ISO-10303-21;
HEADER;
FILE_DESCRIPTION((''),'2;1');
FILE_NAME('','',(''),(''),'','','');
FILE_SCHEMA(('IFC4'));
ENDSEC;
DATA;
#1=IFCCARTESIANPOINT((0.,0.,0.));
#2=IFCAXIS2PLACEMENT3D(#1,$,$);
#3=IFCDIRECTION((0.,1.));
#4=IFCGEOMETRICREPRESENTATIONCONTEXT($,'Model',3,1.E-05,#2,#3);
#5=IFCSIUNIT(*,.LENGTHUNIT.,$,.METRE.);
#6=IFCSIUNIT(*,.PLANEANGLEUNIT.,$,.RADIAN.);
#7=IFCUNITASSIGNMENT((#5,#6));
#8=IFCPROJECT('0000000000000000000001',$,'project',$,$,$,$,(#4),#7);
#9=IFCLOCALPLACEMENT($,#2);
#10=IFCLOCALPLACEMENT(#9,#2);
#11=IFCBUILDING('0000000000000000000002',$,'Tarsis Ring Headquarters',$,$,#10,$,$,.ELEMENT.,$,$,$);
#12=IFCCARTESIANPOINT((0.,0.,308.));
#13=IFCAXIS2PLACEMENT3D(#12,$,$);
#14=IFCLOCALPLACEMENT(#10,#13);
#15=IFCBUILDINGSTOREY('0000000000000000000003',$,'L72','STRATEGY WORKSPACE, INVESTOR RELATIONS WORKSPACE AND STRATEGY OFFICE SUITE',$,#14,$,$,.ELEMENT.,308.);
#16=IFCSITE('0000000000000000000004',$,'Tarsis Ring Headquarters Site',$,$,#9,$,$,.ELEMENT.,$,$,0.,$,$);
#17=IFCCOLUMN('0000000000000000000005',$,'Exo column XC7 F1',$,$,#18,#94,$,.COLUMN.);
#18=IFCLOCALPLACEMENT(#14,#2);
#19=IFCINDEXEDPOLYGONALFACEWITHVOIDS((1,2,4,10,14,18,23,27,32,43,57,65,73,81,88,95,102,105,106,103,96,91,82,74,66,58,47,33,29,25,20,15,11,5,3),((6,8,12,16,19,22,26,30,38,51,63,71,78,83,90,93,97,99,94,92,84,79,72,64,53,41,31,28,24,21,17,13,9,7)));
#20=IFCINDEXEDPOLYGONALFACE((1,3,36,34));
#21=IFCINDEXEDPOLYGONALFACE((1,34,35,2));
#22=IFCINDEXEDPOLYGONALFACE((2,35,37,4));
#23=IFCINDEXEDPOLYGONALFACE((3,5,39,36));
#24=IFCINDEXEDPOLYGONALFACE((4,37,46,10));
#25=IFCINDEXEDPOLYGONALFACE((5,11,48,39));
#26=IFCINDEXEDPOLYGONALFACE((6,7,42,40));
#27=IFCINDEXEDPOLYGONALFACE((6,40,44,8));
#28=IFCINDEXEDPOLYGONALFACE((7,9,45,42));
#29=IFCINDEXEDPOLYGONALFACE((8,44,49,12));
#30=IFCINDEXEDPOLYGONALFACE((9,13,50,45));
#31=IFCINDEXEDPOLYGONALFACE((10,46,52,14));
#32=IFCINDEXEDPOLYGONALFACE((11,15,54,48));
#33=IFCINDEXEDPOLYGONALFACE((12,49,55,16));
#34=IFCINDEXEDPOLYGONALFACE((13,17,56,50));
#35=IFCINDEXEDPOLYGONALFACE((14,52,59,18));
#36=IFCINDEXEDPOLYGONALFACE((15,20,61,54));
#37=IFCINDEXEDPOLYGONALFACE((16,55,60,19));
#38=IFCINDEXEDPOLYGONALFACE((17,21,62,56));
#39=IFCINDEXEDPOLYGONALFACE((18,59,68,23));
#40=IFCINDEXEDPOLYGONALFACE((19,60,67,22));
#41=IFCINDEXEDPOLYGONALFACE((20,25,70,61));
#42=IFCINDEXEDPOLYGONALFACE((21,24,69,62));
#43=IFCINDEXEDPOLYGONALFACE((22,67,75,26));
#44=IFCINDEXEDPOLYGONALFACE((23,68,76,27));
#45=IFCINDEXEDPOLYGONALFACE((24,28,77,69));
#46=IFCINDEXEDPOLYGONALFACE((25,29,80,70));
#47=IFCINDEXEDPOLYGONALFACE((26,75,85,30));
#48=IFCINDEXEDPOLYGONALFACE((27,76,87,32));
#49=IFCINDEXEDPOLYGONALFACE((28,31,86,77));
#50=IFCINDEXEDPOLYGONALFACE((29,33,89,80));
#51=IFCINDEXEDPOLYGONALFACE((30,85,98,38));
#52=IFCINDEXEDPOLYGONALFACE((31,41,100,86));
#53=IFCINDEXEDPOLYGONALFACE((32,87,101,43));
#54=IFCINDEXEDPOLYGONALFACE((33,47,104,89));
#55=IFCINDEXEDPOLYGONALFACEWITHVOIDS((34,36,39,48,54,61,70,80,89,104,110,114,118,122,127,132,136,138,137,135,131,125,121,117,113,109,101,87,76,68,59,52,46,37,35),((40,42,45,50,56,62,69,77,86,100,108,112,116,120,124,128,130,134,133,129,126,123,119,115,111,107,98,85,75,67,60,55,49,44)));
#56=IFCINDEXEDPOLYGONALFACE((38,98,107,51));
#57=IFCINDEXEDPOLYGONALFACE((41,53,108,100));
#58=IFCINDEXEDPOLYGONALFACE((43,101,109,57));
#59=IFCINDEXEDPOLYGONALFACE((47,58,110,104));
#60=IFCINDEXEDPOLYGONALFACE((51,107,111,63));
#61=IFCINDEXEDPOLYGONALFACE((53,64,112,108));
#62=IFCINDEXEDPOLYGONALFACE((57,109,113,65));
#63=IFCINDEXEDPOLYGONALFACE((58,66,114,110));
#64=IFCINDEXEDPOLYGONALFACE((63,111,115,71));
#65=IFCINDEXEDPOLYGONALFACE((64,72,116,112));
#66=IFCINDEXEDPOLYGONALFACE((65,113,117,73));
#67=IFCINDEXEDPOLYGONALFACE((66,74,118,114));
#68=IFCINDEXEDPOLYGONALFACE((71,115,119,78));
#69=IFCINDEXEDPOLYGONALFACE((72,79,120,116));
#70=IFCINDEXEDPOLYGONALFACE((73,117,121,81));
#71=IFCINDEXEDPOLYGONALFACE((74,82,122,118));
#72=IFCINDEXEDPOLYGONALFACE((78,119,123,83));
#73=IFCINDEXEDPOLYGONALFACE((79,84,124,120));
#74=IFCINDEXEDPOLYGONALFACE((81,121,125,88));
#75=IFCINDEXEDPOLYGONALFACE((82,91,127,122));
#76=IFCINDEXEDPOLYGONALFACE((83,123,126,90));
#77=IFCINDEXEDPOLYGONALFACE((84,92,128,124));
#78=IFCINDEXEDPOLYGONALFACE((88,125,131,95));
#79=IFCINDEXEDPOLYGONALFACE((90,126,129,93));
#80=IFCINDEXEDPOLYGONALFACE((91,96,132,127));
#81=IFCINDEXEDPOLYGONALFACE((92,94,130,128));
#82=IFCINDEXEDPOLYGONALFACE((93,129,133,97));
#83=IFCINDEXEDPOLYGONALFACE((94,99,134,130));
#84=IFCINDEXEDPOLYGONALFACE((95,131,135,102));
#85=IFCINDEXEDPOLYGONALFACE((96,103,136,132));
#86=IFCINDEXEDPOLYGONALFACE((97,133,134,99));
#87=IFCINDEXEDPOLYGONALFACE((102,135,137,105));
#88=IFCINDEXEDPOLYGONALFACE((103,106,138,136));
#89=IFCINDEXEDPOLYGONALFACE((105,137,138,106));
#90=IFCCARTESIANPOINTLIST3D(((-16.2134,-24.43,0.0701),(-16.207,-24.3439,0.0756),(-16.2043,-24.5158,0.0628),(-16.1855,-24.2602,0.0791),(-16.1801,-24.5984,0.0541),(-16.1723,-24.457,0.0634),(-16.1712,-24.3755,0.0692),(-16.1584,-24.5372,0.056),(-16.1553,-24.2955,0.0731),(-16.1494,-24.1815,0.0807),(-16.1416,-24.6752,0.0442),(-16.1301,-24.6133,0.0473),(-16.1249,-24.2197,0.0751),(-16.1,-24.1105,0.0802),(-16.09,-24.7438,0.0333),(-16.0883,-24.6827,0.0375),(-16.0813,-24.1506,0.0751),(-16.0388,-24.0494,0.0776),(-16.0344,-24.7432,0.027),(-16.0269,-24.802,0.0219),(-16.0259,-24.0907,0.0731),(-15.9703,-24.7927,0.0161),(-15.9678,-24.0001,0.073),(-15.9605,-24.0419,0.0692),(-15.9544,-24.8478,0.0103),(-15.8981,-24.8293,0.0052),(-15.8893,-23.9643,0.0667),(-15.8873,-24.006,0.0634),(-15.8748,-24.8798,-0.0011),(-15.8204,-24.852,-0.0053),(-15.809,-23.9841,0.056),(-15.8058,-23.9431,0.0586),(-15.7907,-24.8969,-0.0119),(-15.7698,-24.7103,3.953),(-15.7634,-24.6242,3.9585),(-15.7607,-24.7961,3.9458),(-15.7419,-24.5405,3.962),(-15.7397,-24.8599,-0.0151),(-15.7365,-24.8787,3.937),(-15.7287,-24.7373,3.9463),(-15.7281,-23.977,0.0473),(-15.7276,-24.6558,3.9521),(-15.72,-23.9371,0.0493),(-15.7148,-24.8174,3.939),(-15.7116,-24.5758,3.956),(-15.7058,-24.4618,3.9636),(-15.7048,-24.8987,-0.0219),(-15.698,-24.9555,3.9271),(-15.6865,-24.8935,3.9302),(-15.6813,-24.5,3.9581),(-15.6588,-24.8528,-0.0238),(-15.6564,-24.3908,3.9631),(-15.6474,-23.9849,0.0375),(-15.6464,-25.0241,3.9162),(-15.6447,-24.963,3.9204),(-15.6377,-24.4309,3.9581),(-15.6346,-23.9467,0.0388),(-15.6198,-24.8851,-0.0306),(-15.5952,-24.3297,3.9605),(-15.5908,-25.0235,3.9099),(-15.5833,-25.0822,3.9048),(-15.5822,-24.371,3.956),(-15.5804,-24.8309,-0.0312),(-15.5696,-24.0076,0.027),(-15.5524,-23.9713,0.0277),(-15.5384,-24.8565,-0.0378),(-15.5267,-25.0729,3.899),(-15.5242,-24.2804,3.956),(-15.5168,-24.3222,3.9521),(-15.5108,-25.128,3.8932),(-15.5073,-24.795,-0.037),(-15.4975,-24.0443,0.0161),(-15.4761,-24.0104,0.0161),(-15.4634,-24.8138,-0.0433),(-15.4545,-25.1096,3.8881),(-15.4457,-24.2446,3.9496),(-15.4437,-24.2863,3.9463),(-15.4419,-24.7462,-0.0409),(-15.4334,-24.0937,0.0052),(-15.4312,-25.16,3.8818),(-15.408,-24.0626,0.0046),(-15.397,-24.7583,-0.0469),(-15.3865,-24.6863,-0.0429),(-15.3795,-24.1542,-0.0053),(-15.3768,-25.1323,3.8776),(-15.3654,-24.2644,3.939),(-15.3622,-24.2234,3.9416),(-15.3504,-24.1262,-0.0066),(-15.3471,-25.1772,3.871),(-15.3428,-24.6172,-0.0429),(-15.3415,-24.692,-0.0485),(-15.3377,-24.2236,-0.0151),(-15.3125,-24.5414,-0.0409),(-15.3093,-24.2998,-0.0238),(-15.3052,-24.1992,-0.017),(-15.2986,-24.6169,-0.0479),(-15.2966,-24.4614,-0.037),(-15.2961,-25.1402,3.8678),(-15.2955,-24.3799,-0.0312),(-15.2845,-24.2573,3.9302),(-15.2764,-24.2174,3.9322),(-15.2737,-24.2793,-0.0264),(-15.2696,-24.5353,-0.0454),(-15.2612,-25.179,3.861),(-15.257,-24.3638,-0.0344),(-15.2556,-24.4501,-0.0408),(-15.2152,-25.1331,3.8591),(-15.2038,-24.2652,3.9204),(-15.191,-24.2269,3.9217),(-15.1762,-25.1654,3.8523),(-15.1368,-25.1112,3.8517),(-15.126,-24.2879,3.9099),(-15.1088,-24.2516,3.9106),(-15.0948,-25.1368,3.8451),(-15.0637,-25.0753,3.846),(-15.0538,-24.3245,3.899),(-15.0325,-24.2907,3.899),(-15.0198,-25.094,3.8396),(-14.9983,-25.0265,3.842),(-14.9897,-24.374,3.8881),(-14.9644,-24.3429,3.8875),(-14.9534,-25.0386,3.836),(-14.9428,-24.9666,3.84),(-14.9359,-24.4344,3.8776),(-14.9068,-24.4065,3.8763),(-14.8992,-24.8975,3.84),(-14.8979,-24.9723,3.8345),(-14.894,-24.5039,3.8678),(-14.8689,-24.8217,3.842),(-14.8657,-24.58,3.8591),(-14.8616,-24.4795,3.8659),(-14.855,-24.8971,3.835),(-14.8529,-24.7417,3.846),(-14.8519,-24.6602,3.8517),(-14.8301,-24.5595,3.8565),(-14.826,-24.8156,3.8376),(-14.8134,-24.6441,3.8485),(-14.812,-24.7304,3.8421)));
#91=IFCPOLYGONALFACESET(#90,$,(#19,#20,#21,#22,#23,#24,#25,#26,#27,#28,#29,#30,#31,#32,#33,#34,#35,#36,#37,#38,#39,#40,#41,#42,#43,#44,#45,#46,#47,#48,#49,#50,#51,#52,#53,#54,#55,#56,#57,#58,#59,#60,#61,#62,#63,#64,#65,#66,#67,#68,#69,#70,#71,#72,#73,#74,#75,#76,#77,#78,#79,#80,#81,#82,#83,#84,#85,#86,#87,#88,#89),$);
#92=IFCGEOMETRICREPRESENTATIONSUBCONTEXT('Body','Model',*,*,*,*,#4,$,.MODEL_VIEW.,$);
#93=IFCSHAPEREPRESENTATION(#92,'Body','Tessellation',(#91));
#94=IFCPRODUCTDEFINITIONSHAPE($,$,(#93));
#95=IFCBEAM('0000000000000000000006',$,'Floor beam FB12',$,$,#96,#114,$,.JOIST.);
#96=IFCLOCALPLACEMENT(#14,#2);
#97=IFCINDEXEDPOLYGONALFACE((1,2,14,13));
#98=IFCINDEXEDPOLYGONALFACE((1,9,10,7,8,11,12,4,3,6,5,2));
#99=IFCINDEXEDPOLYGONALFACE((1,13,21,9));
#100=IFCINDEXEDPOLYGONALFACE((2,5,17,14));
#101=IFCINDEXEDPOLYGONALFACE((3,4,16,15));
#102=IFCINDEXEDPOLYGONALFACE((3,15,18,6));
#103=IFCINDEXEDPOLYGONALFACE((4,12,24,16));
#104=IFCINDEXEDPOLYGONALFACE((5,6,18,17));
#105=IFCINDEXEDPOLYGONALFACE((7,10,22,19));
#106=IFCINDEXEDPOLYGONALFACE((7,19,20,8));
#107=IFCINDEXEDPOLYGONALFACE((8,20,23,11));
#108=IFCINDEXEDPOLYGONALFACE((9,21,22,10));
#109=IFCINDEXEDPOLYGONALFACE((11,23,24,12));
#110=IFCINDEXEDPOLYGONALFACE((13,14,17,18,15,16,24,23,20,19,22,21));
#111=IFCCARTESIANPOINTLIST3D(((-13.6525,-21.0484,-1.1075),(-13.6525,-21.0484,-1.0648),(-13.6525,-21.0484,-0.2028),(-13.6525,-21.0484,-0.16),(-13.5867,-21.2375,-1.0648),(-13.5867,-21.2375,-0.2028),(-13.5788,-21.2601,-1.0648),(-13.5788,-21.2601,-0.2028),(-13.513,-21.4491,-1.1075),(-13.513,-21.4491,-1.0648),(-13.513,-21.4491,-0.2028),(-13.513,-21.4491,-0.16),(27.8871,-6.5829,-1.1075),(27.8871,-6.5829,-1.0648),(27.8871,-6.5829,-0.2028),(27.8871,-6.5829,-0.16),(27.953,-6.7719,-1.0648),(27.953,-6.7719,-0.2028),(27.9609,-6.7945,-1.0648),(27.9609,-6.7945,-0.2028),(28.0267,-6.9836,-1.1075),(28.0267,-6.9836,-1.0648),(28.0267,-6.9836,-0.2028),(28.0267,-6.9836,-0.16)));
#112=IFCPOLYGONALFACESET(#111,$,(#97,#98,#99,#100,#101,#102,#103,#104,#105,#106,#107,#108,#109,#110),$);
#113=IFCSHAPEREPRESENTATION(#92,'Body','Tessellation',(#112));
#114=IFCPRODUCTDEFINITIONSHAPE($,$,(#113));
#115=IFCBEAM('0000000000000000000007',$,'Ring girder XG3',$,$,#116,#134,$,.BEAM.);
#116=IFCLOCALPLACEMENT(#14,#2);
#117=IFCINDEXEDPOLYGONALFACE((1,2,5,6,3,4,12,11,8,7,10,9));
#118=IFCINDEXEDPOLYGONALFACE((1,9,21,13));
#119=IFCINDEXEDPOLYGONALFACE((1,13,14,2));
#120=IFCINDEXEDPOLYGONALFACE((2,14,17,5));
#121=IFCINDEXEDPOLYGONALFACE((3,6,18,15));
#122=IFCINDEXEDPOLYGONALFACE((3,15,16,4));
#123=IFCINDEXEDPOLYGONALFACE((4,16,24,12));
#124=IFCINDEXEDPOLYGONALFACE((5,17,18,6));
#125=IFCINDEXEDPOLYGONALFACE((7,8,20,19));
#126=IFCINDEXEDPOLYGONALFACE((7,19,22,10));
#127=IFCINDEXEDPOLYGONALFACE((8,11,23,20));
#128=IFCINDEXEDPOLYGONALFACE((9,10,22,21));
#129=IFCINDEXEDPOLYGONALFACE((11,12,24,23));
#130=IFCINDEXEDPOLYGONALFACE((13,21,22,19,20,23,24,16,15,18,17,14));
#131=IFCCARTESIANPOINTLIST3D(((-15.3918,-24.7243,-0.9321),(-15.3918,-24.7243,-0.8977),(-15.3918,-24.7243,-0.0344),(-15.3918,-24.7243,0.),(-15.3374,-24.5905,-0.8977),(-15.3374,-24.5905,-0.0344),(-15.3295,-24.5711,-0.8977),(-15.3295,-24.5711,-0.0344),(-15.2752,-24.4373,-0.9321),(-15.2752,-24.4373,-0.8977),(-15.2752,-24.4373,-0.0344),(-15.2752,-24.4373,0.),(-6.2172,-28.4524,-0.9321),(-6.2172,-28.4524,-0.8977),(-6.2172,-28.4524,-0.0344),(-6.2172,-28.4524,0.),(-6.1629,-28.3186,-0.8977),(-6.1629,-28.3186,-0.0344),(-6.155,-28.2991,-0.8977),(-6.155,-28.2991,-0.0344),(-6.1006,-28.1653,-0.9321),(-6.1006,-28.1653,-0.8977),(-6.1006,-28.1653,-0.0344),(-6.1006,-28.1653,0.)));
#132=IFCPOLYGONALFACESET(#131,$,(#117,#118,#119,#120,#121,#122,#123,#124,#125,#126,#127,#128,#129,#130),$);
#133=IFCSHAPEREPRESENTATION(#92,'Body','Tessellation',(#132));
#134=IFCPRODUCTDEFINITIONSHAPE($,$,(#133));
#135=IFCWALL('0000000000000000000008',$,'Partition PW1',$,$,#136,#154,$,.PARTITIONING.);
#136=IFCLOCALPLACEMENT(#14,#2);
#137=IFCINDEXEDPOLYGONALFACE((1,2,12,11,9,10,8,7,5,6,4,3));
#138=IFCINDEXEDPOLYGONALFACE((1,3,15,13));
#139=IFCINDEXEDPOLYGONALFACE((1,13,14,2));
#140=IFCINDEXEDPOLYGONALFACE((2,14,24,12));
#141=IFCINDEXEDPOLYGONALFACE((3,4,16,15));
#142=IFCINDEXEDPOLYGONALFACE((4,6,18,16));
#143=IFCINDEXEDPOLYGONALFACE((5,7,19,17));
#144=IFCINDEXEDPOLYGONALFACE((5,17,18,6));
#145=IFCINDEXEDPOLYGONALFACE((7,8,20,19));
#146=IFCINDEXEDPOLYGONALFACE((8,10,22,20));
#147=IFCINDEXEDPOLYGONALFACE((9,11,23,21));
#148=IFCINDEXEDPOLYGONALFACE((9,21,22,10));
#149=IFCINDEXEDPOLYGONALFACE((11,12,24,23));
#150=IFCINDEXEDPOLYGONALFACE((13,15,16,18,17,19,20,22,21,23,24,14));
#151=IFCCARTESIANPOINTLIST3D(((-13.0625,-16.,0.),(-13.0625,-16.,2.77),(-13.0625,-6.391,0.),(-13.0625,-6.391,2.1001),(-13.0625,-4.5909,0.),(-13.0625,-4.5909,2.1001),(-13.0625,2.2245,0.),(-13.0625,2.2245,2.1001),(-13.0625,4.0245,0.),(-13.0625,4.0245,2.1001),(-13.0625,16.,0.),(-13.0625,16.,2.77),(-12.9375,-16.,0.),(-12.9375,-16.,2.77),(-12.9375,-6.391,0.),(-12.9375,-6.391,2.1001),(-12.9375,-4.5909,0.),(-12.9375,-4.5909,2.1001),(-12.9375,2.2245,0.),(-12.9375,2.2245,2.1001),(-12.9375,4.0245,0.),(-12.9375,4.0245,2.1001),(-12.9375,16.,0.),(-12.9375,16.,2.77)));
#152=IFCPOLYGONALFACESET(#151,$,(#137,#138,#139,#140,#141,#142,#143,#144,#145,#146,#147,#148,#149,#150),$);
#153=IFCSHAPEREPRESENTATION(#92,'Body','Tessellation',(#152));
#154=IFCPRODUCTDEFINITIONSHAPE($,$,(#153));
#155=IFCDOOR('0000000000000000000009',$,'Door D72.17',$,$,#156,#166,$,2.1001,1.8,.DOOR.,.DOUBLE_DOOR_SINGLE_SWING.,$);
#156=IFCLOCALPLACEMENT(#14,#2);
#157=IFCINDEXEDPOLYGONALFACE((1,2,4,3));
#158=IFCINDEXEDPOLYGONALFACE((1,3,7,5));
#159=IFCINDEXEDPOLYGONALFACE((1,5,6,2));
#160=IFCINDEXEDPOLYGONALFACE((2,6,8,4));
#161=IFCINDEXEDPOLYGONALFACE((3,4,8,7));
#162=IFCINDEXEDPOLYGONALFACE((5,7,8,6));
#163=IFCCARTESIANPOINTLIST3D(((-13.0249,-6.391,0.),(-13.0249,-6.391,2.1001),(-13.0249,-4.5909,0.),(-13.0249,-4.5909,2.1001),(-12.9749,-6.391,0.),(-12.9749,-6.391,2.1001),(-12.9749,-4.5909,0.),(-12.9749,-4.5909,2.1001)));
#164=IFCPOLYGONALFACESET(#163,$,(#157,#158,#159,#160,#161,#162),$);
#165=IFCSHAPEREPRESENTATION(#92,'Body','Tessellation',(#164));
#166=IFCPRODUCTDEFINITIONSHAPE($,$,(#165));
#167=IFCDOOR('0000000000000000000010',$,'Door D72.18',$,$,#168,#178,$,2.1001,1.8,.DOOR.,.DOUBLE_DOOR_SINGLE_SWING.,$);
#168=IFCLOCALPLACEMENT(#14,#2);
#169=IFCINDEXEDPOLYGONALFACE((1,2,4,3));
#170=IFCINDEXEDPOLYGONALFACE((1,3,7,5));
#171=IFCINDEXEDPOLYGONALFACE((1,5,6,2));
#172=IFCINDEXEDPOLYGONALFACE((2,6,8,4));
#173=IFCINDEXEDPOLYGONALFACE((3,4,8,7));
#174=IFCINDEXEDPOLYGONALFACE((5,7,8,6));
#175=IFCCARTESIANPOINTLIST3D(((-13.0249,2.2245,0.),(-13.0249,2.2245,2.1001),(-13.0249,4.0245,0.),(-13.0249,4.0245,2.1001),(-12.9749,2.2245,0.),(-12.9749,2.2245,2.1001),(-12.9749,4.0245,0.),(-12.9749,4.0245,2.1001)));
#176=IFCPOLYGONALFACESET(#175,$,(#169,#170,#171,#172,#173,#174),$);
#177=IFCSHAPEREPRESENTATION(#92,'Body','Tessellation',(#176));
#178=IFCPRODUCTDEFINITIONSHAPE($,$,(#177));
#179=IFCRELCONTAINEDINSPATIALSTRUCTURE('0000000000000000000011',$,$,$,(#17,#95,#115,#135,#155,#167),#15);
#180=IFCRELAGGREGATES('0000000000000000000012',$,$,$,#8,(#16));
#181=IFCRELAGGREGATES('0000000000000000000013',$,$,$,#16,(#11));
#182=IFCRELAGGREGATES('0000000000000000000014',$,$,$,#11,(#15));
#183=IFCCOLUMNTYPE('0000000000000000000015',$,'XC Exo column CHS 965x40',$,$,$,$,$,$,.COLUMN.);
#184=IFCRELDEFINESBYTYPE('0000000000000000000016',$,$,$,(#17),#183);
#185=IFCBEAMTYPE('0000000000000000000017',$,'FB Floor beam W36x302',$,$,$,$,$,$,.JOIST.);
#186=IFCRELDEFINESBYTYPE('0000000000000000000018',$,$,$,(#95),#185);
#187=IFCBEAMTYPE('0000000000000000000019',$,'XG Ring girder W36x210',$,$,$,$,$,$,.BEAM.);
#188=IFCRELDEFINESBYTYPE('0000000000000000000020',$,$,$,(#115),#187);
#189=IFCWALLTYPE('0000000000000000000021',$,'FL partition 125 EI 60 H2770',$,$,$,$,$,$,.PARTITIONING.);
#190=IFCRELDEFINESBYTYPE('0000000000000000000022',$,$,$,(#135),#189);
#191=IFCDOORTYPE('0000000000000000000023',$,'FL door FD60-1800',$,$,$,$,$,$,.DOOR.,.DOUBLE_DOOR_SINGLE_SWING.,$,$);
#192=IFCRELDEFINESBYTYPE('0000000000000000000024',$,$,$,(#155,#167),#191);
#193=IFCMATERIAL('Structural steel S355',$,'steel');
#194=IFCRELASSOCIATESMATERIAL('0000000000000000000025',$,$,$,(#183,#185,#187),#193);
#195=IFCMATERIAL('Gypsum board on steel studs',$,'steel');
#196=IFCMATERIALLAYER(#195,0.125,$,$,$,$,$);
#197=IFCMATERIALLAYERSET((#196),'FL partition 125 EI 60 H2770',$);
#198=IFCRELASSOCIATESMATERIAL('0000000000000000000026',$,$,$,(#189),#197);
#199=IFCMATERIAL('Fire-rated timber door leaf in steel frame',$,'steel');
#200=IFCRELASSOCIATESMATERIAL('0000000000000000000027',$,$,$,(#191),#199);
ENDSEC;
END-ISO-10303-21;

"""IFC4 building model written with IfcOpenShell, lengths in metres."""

from ifc_helpers import new_model, si_unit, direction, frame, frame_2d, origin, origin_2d, place, context, subcontext, project, spatial, rectangle, hollow_circle, i_section, extrude, material, layer, layer_set, material_profile, profile_set, type_object, element, fill, save


model = new_model("IFC4")

# Units and contexts
model_context = context("Model", 3, precision=1e-05, world=origin(), true_north=direction((0.0, 1.0)))
body_context = subcontext(model_context, "Body", "Model", "MODEL_VIEW")
ifc_project = project(units=[si_unit("LENGTHUNIT", "METRE"), si_unit("PLANEANGLEUNIT", "RADIAN")], contexts=[model_context])

# Site, building, storey
site_placement = place(None, origin())
site = spatial("IfcSite", under=ifc_project, at=site_placement, Name="Tarsis Ring Headquarters Site", CompositionType="ELEMENT", RefElevation=0.0)
building_placement = place(site_placement, origin())
building = spatial("IfcBuilding", under=site, at=building_placement, Name="Tarsis Ring Headquarters", CompositionType="ELEMENT")
storey_placement = place(building_placement, frame((0.0, 0.0, 308.0)))
storey = spatial("IfcBuildingStorey", under=building, at=storey_placement, Name="L72", Description="STRATEGY WORKSPACE, INVESTOR RELATIONS WORKSPACE AND STRATEGY OFFICE SUITE", CompositionType="ELEMENT", Elevation=308.0)

# Column
ifc_material_1 = material(Name="Structural steel S355", Category="steel")
ifc_material_profile_1 = material_profile(ifc_material_1, hollow_circle(Radius=0.4827, WallThickness=0.04, at=origin_2d()), Name="CHS 965x40")
ifc_profile_set_1 = profile_set([ifc_material_profile_1], Name="Structural steel S355")
column_type = type_object("IfcColumnType", Name="XC Exo column CHS 965x40", PredefinedType="COLUMN", material=ifc_profile_set_1)
column_placement = place(storey_placement, frame((-15.7339, -24.4185, 0.0161), z_axis=(0.113219, -0.071533, 0.990992), x_axis=(0.534133, 0.8454, 0.0)))
element("IfcColumn", 1, at=column_placement, inside=storey, type_object=column_type, Name="Exo column XC7 F1", PredefinedType="COLUMN", context=body_context, shape_type="SweptSolid", body=[
    extrude(hollow_circle(Radius=0.4827, WallThickness=0.04, at=origin_2d()), origin(), (0.0, 0.0, 1.0), 3.9182),
])

# Beams
ifc_material_profile_2 = material_profile(ifc_material_1, i_section(OverallWidth=0.4243, OverallDepth=0.9475, WebThickness=0.0239, FlangeThickness=0.0427, at=origin_2d()), Name="W36x302")
ifc_profile_set_2 = profile_set([ifc_material_profile_2], Name="Structural steel S355")
beam_type_1 = type_object("IfcBeamType", Name="FB Floor beam W36x302", PredefinedType="JOIST", material=ifc_profile_set_2)
beam_1_placement = place(storey_placement, frame((-13.5828, -21.2488, -0.6338), z_axis=(0.944377, 0.328864, 0.0), x_axis=(-0.328864, 0.944377, 0.0)))
element("IfcBeam", 2, at=beam_1_placement, inside=storey, type_object=beam_type_1, Name="Floor beam FB12", PredefinedType="JOIST", context=body_context, shape_type="SweptSolid", body=[
    extrude(i_section(OverallWidth=0.4243, OverallDepth=0.9475, WebThickness=0.0239, FlangeThickness=0.0427, at=origin_2d()), origin(), (0.0, 0.0, 1.0), 43.9863),
])
ifc_material_profile_3 = material_profile(ifc_material_1, i_section(OverallWidth=0.3098, OverallDepth=0.9321, WebThickness=0.021, FlangeThickness=0.0344, at=origin_2d()), Name="W36x210")
ifc_profile_set_3 = profile_set([ifc_material_profile_3], Name="Structural steel S355")
beam_type_2 = type_object("IfcBeamType", Name="XG Ring girder W36x210", PredefinedType="BEAM", material=ifc_profile_set_3)
beam_2_placement = place(storey_placement, frame((-15.3335, -24.5808, -0.4661), z_axis=(0.926436, -0.376452, 0.0), x_axis=(0.376452, 0.926436, 0.0)))
element("IfcBeam", 3, at=beam_2_placement, inside=storey, type_object=beam_type_2, Name="Ring girder XG3", PredefinedType="BEAM", context=body_context, shape_type="SweptSolid", body=[
    extrude(i_section(OverallWidth=0.3098, OverallDepth=0.9321, WebThickness=0.021, FlangeThickness=0.0344, at=origin_2d()), origin(), (0.0, 0.0, 1.0), 9.9031),
])

# Wall, openings, doors
ifc_material_2 = material(Name="Gypsum board on steel studs", Category="steel")
ifc_layer_1 = layer(ifc_material_2, 0.125)
ifc_layer_set_1 = layer_set([ifc_layer_1], Name="FL partition 125 EI 60 H2770")
wall_type_1 = type_object("IfcWallType", Name="FL partition 125 EI 60 H2770", PredefinedType="PARTITIONING", material=ifc_layer_set_1)
wall_1_placement = place(storey_placement, frame((-13.0, -16.0, 0.0), z_axis=(0.0, 0.0, 1.0), x_axis=(0.0, 1.0, 0.0)))
wall_1 = element("IfcWall", 4, at=wall_1_placement, inside=storey, type_object=wall_type_1, Name="Partition PW1", PredefinedType="PARTITIONING", context=body_context, shape_type="SweptSolid", body=[
    extrude(rectangle(XDim=32.0, YDim=0.125, at=frame_2d((16.0, 0.0))), origin(), (0.0, 0.0, 1.0), 2.77),
])
opening_1_placement = place(wall_1_placement, frame((9.6091, 0.0, 0.0)))
opening_1 = element("IfcOpeningElement", 5, at=opening_1_placement, cuts=wall_1, PredefinedType="OPENING", context=body_context, shape_type="SweptSolid", body=[
    extrude(rectangle(XDim=1.8, YDim=2.1001, at=frame_2d((0.8999, 1.05))), frame((0.0, 0.0725, 0.0), z_axis=(0.0, -1.0, 0.0), x_axis=(1.0, 0.0, 0.0)), (0.0, 0.0, 1.0), 0.145),
])
opening_2_placement = place(wall_1_placement, frame((18.2246, 0.0, 0.0)))
opening_2 = element("IfcOpeningElement", 6, at=opening_2_placement, cuts=wall_1, PredefinedType="OPENING", context=body_context, shape_type="SweptSolid", body=[
    extrude(rectangle(XDim=1.8, YDim=2.1001, at=frame_2d((0.8999, 1.05))), frame((0.0, 0.0725, 0.0), z_axis=(0.0, -1.0, 0.0), x_axis=(1.0, 0.0, 0.0)), (0.0, 0.0, 1.0), 0.145),
])
ifc_material_3 = material(Name="Fire-rated timber door leaf in steel frame", Category="steel")
door_type = type_object("IfcDoorType", Name="FL door FD60-1800", OperationType="DOUBLE_DOOR_SINGLE_SWING", PredefinedType="DOOR", material=ifc_material_3)
door_1_placement = place(opening_1_placement, origin())
door_1 = element("IfcDoor", 7, at=door_1_placement, inside=storey, type_object=door_type, Name="Door D72.17", OperationType="DOUBLE_DOOR_SINGLE_SWING", OverallHeight=2.1001, OverallWidth=1.8, PredefinedType="DOOR", context=body_context, shape_type="SweptSolid", body=[
    extrude(rectangle(XDim=1.8, YDim=2.1001, at=frame_2d((0.8999, 1.05))), frame((0.0, 0.0249, 0.0), z_axis=(0.0, -1.0, 0.0), x_axis=(1.0, 0.0, 0.0)), (0.0, 0.0, 1.0), 0.05),
])
fill(opening_1, door_1)
door_2_placement = place(opening_2_placement, origin())
door_2 = element("IfcDoor", 8, at=door_2_placement, inside=storey, type_object=door_type, Name="Door D72.18", OperationType="DOUBLE_DOOR_SINGLE_SWING", OverallHeight=2.1001, OverallWidth=1.8, PredefinedType="DOOR", context=body_context, shape_type="SweptSolid", body=[
    extrude(rectangle(XDim=1.8, YDim=2.1001, at=frame_2d((0.8999, 1.05))), frame((0.0, 0.0249, 0.0), z_axis=(0.0, -1.0, 0.0), x_axis=(1.0, 0.0, 0.0)), (0.0, 0.0, 1.0), 0.05),
])
fill(opening_2, door_2)

save(model, "model.ifc")
